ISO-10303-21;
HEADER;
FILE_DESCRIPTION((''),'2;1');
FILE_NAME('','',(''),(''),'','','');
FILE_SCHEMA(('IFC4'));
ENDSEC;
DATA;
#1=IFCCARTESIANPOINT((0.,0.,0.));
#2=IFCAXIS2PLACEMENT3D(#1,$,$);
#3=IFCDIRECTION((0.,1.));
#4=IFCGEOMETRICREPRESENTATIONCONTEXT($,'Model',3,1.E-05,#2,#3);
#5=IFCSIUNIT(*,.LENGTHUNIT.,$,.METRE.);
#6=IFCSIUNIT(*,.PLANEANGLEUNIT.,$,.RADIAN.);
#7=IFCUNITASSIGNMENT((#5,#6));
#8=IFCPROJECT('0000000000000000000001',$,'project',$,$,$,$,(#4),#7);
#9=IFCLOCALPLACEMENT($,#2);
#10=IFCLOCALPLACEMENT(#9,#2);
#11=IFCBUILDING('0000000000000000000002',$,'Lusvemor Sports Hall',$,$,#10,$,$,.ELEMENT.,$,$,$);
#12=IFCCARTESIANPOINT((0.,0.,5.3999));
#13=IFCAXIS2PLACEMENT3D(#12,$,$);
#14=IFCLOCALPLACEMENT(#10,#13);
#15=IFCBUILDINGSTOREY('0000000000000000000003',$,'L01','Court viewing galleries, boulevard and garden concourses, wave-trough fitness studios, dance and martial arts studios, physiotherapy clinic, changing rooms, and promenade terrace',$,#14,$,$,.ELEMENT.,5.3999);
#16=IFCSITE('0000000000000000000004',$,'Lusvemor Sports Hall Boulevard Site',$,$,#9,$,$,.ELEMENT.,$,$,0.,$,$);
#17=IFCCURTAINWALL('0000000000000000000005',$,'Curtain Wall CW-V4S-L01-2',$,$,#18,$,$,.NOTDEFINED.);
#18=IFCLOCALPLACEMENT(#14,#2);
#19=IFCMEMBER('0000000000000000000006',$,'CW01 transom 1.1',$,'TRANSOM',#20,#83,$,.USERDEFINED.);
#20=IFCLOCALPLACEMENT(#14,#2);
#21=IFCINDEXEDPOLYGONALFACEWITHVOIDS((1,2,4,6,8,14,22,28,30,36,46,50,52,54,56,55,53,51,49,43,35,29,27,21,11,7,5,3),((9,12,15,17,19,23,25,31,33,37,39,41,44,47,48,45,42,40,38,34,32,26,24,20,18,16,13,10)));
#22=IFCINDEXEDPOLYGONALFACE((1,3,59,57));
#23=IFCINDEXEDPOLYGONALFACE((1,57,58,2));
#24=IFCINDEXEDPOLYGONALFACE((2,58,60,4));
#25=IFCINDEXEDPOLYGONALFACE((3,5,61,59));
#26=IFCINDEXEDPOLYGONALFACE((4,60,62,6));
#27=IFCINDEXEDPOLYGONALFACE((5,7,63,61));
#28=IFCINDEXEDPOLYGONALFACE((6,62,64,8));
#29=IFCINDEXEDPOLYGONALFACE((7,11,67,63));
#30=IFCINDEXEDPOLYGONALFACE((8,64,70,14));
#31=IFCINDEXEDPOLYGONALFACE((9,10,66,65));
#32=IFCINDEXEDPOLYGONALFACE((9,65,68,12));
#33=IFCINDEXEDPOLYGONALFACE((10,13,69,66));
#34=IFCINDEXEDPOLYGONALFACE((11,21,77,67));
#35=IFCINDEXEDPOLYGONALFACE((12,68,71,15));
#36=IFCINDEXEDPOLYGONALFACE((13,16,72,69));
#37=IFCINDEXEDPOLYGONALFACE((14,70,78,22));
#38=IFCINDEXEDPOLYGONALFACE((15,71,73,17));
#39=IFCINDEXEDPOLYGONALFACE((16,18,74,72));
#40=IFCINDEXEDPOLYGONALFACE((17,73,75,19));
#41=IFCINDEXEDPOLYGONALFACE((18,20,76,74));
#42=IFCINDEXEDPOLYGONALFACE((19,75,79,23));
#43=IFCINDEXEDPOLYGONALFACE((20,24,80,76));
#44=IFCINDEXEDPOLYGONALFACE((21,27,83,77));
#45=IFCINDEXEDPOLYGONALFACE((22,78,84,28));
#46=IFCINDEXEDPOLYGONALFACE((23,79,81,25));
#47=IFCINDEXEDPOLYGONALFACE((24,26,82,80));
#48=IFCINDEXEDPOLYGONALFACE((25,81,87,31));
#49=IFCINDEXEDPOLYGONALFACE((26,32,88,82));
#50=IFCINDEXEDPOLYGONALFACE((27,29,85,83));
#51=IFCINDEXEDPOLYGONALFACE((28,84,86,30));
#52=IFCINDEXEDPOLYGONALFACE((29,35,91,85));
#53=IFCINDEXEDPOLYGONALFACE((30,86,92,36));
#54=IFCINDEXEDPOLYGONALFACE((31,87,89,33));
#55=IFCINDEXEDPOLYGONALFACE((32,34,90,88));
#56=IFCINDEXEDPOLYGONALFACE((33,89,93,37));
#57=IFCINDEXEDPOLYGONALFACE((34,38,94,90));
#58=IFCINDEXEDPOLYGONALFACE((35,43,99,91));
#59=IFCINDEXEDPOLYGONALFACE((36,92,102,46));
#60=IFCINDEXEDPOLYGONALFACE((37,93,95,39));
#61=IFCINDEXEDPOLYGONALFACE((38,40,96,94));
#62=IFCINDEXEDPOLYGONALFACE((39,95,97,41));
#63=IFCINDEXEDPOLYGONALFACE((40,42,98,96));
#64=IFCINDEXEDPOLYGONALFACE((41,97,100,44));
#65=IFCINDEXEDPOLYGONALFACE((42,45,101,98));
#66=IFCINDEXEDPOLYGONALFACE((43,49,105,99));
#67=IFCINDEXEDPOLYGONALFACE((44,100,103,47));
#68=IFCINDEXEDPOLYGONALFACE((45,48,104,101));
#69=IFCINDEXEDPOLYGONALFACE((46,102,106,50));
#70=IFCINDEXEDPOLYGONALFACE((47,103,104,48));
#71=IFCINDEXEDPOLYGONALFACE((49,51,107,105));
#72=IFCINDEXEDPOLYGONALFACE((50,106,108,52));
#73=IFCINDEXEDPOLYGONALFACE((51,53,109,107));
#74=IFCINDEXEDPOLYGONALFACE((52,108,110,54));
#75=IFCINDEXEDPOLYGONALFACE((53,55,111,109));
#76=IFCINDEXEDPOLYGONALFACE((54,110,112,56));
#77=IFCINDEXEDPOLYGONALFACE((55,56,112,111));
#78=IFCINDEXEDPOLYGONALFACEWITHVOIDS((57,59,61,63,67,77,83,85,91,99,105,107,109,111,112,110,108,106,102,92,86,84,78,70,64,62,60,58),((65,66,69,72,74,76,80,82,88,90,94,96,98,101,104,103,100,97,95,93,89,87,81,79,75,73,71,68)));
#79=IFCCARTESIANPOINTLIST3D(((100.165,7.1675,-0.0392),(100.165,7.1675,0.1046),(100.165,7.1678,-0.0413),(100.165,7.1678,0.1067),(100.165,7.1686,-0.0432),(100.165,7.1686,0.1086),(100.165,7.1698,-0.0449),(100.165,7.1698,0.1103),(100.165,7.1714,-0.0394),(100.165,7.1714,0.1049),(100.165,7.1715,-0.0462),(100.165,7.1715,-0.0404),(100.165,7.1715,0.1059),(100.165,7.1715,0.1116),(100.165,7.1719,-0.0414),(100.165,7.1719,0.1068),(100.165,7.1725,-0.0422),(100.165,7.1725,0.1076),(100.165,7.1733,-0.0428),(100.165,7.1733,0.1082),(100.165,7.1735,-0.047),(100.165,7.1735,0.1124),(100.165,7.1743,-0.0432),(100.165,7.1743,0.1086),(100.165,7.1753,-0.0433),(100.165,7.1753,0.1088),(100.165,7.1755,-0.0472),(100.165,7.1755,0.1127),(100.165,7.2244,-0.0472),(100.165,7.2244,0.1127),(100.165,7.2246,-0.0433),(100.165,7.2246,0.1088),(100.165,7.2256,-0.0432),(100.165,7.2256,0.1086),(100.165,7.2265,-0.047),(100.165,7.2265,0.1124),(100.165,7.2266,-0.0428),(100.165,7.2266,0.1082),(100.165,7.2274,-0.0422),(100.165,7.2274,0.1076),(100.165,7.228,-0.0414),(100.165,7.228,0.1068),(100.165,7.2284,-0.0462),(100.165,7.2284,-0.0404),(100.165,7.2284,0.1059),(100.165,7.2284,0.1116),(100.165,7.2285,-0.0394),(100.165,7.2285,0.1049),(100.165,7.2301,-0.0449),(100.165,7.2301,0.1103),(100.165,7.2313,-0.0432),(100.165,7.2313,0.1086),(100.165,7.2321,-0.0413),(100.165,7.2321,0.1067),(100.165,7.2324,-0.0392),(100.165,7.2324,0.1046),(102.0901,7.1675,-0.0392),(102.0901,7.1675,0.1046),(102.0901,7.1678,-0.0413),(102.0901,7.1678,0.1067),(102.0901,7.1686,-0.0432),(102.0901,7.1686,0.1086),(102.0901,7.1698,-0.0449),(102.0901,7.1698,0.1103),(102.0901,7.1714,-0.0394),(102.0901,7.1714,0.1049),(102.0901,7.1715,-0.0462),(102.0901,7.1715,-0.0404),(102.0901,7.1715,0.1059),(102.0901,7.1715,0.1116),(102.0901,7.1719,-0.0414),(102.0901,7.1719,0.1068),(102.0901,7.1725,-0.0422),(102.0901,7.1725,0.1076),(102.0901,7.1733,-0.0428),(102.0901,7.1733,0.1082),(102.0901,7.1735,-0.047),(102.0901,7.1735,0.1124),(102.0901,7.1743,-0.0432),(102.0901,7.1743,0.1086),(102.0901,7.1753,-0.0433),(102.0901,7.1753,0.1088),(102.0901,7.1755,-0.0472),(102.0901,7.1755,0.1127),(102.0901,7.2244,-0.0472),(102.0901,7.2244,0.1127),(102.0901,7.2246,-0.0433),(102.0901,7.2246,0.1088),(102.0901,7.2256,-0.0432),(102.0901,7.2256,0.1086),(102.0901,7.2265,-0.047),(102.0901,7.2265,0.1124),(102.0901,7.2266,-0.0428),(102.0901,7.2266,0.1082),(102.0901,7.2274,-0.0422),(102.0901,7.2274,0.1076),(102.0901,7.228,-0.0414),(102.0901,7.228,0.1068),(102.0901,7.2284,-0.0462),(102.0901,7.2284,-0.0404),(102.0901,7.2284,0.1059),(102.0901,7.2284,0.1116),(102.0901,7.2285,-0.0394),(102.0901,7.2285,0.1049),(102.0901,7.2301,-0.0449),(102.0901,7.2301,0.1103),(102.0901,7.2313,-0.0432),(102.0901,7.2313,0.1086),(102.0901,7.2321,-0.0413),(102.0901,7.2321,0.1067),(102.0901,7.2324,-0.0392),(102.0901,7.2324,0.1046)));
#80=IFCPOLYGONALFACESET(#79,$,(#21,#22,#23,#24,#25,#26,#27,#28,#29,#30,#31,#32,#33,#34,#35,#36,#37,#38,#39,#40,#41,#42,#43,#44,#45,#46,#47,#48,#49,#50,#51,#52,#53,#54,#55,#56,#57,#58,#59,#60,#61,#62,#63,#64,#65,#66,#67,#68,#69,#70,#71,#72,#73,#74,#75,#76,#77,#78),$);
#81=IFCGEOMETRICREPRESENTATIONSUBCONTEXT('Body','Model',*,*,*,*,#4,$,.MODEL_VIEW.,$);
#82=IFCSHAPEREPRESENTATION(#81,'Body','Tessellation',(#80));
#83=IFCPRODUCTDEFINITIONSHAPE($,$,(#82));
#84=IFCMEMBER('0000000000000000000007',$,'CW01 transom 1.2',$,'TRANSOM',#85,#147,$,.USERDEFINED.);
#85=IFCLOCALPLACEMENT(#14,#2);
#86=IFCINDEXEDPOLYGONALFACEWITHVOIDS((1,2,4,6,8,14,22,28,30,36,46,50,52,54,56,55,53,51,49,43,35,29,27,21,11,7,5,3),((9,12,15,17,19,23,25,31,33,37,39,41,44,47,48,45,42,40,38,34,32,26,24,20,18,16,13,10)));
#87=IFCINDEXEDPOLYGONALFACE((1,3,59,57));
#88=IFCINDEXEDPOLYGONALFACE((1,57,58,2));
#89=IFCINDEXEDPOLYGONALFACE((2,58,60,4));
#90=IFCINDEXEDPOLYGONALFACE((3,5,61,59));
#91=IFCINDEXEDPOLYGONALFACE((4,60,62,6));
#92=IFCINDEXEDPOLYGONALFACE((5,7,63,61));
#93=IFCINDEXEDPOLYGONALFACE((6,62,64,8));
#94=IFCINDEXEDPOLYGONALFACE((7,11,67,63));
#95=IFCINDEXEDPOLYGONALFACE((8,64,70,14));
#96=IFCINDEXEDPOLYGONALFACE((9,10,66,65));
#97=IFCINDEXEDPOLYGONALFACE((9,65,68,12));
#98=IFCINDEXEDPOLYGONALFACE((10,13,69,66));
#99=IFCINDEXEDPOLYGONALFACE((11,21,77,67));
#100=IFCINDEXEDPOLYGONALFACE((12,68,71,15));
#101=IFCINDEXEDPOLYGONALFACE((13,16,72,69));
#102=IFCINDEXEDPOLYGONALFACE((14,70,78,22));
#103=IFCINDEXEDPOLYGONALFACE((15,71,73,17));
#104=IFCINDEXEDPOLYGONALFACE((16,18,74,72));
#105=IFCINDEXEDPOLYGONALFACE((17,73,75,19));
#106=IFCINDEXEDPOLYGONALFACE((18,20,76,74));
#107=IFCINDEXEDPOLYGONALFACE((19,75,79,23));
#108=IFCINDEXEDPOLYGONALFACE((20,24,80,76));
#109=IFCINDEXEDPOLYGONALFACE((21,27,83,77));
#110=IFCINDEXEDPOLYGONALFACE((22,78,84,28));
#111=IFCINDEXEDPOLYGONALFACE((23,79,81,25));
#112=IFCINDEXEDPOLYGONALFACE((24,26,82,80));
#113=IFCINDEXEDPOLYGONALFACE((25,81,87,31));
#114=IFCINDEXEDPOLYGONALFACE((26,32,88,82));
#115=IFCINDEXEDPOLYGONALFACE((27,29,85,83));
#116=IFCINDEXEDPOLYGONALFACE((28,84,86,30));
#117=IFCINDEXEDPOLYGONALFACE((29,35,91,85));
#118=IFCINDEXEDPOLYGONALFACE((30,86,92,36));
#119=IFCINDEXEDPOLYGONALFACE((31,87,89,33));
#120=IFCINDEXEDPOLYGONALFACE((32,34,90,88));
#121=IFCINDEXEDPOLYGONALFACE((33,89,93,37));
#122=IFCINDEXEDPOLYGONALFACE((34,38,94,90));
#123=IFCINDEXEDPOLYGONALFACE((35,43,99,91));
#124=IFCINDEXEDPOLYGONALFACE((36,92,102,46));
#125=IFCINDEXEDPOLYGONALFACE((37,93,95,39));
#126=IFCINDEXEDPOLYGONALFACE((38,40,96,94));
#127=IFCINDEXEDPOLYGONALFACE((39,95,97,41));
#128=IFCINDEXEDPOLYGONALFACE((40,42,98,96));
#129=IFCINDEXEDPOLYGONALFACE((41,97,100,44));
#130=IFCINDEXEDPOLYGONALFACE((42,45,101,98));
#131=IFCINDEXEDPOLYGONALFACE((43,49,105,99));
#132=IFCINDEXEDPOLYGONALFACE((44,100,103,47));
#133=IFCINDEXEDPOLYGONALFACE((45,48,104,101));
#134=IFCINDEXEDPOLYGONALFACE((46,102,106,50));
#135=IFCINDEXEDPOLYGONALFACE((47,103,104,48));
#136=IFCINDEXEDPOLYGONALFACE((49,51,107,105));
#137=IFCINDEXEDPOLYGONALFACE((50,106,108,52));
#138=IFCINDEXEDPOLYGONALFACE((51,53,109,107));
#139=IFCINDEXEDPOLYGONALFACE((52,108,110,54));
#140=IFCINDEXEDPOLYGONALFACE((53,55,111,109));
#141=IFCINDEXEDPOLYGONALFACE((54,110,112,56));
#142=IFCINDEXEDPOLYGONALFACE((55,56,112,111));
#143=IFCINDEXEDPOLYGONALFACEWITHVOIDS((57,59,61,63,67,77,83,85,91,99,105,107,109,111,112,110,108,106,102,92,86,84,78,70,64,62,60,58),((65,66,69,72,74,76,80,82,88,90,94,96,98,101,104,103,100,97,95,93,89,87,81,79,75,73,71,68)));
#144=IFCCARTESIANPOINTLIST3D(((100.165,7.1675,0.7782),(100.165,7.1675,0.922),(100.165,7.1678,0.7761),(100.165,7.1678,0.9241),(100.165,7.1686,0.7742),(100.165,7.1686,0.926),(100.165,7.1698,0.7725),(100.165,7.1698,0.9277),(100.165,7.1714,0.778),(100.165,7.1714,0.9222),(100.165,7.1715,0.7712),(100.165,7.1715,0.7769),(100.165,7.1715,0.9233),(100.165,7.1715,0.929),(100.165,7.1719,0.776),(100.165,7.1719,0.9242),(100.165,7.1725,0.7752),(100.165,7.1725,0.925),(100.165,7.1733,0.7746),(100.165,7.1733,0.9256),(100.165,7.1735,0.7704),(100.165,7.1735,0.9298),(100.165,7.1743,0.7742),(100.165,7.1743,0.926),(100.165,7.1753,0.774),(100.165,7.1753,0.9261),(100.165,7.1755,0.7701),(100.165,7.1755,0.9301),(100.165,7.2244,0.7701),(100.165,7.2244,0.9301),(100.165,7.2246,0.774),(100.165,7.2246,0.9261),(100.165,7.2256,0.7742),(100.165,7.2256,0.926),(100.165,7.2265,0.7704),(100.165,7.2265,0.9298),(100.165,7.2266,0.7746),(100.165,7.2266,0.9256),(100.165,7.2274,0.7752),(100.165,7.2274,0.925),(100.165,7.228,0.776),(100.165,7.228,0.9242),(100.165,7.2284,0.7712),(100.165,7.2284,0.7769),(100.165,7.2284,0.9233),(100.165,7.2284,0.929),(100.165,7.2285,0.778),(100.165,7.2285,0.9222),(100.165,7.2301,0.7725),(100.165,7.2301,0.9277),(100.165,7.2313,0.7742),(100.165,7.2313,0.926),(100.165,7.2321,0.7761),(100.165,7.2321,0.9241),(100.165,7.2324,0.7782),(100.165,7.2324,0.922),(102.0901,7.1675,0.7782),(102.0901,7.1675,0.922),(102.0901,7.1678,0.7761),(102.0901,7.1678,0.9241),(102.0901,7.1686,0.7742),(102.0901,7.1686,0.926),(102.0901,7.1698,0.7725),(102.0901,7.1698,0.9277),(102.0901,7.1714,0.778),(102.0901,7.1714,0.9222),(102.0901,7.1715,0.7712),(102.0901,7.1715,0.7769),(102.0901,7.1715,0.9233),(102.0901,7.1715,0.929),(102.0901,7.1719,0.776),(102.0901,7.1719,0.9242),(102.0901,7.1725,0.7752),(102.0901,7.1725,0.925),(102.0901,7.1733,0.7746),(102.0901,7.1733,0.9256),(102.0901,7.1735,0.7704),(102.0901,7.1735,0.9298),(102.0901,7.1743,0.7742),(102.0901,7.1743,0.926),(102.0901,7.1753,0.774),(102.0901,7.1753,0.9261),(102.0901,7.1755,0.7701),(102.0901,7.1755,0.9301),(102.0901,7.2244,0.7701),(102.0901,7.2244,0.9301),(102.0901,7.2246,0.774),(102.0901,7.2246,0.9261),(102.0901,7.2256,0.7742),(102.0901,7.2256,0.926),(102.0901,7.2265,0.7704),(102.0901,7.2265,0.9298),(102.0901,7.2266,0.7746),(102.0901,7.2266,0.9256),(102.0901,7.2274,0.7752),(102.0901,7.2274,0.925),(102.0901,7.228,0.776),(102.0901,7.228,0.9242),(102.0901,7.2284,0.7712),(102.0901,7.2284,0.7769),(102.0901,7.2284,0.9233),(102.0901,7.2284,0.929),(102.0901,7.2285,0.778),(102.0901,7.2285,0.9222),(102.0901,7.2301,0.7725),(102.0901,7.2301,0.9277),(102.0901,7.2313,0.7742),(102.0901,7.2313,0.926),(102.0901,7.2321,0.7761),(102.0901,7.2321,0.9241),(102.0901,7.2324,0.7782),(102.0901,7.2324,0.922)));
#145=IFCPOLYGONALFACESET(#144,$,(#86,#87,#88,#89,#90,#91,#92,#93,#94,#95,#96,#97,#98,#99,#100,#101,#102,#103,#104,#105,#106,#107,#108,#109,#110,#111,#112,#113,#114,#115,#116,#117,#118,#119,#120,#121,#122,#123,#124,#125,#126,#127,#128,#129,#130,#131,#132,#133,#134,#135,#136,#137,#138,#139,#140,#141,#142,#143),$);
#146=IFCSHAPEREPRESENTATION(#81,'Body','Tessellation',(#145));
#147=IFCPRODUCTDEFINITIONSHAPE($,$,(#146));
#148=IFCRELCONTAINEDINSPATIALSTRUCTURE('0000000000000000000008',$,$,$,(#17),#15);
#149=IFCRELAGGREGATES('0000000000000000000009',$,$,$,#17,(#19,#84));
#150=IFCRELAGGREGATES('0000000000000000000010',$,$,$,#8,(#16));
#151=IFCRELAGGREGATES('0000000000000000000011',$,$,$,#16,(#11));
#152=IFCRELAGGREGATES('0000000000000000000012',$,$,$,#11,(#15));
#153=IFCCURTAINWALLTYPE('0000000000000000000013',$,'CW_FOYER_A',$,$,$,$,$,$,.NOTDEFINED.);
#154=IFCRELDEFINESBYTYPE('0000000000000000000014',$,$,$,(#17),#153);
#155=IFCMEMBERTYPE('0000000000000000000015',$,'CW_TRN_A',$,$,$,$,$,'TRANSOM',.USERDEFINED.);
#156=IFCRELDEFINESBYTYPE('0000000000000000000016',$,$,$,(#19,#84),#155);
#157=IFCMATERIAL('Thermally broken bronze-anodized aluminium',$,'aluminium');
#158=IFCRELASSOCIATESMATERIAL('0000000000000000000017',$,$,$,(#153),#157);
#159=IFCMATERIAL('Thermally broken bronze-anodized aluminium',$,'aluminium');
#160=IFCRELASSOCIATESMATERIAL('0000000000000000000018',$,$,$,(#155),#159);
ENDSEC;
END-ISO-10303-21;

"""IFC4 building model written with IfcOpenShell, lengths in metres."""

from ifc_helpers import new_model, si_unit, direction, frame, origin, origin_2d, place, context, subcontext, project, spatial, hollow_rectangle, extrude, material, material_profile, profile_set, type_object, element, aggregate, save


model = new_model("IFC4")

# Units and contexts
model_context = context("Model", 3, precision=1e-05, world=origin(), true_north=direction((0.0, 1.0)))
body_context = subcontext(model_context, "Body", "Model", "MODEL_VIEW")
ifc_project = project(units=[si_unit("LENGTHUNIT", "METRE"), si_unit("PLANEANGLEUNIT", "RADIAN")], contexts=[model_context])

# Site, building, storey
site_placement = place(None, origin())
site = spatial("IfcSite", under=ifc_project, at=site_placement, Name="Lusvemor Sports Hall Boulevard Site", CompositionType="ELEMENT", RefElevation=0.0)
building_placement = place(site_placement, origin())
building = spatial("IfcBuilding", under=site, at=building_placement, Name="Lusvemor Sports Hall", CompositionType="ELEMENT")
storey_placement = place(building_placement, frame((0.0, 0.0, 5.3999)))
storey = spatial("IfcBuildingStorey", under=building, at=storey_placement, Name="L01", Description="Court viewing galleries, boulevard and garden concourses, wave-trough fitness studios, dance and martial arts studios, physiotherapy clinic, changing rooms, and promenade terrace", CompositionType="ELEMENT", Elevation=5.3999)

# Curtain wall
ifc_material_1 = material(Name="Thermally broken bronze-anodized aluminium", Category="aluminium")
curtain_wall_type = type_object("IfcCurtainWallType", Name="CW_FOYER_A", PredefinedType="NOTDEFINED", material=ifc_material_1)
curtain_wall_1_placement = place(storey_placement, origin())
curtain_wall_1 = element("IfcCurtainWall", 1, at=curtain_wall_1_placement, inside=storey, type_object=curtain_wall_type, Name="Curtain Wall CW-V4S-L01-2", PredefinedType="NOTDEFINED")

# Members
ifc_material_2 = material(Name="Thermally broken bronze-anodized aluminium", Category="aluminium")
ifc_material_profile_1 = material_profile(ifc_material_2, hollow_rectangle(XDim=0.0649, YDim=0.1599, WallThickness=0.0039, InnerFilletRadius=0.0039, OuterFilletRadius=0.0081, at=origin_2d()), Name="CWTRN160x65x4")
ifc_profile_set_1 = profile_set([ifc_material_profile_1], Name="Thermally broken bronze-anodized aluminium")
member_type_1 = type_object("IfcMemberType", Name="CW_TRN_A", ElementType="TRANSOM", PredefinedType="USERDEFINED", material=ifc_profile_set_1)
member_1_placement = place(storey_placement, frame((102.0901, 7.2, 0.0327), z_axis=(-1.0, 0.0, 0.0), x_axis=(0.0, -1.0, 0.0)))
member_1 = element("IfcMember", 2, at=member_1_placement, type_object=member_type_1, Name="CW01 transom 1.1", ObjectType="TRANSOM", PredefinedType="USERDEFINED", context=body_context, shape_type="SweptSolid", body=[
    extrude(hollow_rectangle(XDim=0.0649, YDim=0.1599, WallThickness=0.0039, InnerFilletRadius=0.0039, OuterFilletRadius=0.0081, at=origin_2d()), origin(), (0.0, 0.0, 1.0), 1.925),
])
member_2_placement = place(storey_placement, frame((102.0901, 7.2, 0.8501), z_axis=(-1.0, 0.0, 0.0), x_axis=(0.0, -1.0, 0.0)))
member_2 = element("IfcMember", 3, at=member_2_placement, type_object=member_type_1, Name="CW01 transom 1.2", ObjectType="TRANSOM", PredefinedType="USERDEFINED", context=body_context, shape_type="SweptSolid", body=[
    extrude(hollow_rectangle(XDim=0.0649, YDim=0.1599, WallThickness=0.0039, InnerFilletRadius=0.0039, OuterFilletRadius=0.0081, at=origin_2d()), origin(), (0.0, 0.0, 1.0), 1.925),
])

aggregate(curtain_wall_1, [member_1, member_2])

save(model, "model.ifc")
